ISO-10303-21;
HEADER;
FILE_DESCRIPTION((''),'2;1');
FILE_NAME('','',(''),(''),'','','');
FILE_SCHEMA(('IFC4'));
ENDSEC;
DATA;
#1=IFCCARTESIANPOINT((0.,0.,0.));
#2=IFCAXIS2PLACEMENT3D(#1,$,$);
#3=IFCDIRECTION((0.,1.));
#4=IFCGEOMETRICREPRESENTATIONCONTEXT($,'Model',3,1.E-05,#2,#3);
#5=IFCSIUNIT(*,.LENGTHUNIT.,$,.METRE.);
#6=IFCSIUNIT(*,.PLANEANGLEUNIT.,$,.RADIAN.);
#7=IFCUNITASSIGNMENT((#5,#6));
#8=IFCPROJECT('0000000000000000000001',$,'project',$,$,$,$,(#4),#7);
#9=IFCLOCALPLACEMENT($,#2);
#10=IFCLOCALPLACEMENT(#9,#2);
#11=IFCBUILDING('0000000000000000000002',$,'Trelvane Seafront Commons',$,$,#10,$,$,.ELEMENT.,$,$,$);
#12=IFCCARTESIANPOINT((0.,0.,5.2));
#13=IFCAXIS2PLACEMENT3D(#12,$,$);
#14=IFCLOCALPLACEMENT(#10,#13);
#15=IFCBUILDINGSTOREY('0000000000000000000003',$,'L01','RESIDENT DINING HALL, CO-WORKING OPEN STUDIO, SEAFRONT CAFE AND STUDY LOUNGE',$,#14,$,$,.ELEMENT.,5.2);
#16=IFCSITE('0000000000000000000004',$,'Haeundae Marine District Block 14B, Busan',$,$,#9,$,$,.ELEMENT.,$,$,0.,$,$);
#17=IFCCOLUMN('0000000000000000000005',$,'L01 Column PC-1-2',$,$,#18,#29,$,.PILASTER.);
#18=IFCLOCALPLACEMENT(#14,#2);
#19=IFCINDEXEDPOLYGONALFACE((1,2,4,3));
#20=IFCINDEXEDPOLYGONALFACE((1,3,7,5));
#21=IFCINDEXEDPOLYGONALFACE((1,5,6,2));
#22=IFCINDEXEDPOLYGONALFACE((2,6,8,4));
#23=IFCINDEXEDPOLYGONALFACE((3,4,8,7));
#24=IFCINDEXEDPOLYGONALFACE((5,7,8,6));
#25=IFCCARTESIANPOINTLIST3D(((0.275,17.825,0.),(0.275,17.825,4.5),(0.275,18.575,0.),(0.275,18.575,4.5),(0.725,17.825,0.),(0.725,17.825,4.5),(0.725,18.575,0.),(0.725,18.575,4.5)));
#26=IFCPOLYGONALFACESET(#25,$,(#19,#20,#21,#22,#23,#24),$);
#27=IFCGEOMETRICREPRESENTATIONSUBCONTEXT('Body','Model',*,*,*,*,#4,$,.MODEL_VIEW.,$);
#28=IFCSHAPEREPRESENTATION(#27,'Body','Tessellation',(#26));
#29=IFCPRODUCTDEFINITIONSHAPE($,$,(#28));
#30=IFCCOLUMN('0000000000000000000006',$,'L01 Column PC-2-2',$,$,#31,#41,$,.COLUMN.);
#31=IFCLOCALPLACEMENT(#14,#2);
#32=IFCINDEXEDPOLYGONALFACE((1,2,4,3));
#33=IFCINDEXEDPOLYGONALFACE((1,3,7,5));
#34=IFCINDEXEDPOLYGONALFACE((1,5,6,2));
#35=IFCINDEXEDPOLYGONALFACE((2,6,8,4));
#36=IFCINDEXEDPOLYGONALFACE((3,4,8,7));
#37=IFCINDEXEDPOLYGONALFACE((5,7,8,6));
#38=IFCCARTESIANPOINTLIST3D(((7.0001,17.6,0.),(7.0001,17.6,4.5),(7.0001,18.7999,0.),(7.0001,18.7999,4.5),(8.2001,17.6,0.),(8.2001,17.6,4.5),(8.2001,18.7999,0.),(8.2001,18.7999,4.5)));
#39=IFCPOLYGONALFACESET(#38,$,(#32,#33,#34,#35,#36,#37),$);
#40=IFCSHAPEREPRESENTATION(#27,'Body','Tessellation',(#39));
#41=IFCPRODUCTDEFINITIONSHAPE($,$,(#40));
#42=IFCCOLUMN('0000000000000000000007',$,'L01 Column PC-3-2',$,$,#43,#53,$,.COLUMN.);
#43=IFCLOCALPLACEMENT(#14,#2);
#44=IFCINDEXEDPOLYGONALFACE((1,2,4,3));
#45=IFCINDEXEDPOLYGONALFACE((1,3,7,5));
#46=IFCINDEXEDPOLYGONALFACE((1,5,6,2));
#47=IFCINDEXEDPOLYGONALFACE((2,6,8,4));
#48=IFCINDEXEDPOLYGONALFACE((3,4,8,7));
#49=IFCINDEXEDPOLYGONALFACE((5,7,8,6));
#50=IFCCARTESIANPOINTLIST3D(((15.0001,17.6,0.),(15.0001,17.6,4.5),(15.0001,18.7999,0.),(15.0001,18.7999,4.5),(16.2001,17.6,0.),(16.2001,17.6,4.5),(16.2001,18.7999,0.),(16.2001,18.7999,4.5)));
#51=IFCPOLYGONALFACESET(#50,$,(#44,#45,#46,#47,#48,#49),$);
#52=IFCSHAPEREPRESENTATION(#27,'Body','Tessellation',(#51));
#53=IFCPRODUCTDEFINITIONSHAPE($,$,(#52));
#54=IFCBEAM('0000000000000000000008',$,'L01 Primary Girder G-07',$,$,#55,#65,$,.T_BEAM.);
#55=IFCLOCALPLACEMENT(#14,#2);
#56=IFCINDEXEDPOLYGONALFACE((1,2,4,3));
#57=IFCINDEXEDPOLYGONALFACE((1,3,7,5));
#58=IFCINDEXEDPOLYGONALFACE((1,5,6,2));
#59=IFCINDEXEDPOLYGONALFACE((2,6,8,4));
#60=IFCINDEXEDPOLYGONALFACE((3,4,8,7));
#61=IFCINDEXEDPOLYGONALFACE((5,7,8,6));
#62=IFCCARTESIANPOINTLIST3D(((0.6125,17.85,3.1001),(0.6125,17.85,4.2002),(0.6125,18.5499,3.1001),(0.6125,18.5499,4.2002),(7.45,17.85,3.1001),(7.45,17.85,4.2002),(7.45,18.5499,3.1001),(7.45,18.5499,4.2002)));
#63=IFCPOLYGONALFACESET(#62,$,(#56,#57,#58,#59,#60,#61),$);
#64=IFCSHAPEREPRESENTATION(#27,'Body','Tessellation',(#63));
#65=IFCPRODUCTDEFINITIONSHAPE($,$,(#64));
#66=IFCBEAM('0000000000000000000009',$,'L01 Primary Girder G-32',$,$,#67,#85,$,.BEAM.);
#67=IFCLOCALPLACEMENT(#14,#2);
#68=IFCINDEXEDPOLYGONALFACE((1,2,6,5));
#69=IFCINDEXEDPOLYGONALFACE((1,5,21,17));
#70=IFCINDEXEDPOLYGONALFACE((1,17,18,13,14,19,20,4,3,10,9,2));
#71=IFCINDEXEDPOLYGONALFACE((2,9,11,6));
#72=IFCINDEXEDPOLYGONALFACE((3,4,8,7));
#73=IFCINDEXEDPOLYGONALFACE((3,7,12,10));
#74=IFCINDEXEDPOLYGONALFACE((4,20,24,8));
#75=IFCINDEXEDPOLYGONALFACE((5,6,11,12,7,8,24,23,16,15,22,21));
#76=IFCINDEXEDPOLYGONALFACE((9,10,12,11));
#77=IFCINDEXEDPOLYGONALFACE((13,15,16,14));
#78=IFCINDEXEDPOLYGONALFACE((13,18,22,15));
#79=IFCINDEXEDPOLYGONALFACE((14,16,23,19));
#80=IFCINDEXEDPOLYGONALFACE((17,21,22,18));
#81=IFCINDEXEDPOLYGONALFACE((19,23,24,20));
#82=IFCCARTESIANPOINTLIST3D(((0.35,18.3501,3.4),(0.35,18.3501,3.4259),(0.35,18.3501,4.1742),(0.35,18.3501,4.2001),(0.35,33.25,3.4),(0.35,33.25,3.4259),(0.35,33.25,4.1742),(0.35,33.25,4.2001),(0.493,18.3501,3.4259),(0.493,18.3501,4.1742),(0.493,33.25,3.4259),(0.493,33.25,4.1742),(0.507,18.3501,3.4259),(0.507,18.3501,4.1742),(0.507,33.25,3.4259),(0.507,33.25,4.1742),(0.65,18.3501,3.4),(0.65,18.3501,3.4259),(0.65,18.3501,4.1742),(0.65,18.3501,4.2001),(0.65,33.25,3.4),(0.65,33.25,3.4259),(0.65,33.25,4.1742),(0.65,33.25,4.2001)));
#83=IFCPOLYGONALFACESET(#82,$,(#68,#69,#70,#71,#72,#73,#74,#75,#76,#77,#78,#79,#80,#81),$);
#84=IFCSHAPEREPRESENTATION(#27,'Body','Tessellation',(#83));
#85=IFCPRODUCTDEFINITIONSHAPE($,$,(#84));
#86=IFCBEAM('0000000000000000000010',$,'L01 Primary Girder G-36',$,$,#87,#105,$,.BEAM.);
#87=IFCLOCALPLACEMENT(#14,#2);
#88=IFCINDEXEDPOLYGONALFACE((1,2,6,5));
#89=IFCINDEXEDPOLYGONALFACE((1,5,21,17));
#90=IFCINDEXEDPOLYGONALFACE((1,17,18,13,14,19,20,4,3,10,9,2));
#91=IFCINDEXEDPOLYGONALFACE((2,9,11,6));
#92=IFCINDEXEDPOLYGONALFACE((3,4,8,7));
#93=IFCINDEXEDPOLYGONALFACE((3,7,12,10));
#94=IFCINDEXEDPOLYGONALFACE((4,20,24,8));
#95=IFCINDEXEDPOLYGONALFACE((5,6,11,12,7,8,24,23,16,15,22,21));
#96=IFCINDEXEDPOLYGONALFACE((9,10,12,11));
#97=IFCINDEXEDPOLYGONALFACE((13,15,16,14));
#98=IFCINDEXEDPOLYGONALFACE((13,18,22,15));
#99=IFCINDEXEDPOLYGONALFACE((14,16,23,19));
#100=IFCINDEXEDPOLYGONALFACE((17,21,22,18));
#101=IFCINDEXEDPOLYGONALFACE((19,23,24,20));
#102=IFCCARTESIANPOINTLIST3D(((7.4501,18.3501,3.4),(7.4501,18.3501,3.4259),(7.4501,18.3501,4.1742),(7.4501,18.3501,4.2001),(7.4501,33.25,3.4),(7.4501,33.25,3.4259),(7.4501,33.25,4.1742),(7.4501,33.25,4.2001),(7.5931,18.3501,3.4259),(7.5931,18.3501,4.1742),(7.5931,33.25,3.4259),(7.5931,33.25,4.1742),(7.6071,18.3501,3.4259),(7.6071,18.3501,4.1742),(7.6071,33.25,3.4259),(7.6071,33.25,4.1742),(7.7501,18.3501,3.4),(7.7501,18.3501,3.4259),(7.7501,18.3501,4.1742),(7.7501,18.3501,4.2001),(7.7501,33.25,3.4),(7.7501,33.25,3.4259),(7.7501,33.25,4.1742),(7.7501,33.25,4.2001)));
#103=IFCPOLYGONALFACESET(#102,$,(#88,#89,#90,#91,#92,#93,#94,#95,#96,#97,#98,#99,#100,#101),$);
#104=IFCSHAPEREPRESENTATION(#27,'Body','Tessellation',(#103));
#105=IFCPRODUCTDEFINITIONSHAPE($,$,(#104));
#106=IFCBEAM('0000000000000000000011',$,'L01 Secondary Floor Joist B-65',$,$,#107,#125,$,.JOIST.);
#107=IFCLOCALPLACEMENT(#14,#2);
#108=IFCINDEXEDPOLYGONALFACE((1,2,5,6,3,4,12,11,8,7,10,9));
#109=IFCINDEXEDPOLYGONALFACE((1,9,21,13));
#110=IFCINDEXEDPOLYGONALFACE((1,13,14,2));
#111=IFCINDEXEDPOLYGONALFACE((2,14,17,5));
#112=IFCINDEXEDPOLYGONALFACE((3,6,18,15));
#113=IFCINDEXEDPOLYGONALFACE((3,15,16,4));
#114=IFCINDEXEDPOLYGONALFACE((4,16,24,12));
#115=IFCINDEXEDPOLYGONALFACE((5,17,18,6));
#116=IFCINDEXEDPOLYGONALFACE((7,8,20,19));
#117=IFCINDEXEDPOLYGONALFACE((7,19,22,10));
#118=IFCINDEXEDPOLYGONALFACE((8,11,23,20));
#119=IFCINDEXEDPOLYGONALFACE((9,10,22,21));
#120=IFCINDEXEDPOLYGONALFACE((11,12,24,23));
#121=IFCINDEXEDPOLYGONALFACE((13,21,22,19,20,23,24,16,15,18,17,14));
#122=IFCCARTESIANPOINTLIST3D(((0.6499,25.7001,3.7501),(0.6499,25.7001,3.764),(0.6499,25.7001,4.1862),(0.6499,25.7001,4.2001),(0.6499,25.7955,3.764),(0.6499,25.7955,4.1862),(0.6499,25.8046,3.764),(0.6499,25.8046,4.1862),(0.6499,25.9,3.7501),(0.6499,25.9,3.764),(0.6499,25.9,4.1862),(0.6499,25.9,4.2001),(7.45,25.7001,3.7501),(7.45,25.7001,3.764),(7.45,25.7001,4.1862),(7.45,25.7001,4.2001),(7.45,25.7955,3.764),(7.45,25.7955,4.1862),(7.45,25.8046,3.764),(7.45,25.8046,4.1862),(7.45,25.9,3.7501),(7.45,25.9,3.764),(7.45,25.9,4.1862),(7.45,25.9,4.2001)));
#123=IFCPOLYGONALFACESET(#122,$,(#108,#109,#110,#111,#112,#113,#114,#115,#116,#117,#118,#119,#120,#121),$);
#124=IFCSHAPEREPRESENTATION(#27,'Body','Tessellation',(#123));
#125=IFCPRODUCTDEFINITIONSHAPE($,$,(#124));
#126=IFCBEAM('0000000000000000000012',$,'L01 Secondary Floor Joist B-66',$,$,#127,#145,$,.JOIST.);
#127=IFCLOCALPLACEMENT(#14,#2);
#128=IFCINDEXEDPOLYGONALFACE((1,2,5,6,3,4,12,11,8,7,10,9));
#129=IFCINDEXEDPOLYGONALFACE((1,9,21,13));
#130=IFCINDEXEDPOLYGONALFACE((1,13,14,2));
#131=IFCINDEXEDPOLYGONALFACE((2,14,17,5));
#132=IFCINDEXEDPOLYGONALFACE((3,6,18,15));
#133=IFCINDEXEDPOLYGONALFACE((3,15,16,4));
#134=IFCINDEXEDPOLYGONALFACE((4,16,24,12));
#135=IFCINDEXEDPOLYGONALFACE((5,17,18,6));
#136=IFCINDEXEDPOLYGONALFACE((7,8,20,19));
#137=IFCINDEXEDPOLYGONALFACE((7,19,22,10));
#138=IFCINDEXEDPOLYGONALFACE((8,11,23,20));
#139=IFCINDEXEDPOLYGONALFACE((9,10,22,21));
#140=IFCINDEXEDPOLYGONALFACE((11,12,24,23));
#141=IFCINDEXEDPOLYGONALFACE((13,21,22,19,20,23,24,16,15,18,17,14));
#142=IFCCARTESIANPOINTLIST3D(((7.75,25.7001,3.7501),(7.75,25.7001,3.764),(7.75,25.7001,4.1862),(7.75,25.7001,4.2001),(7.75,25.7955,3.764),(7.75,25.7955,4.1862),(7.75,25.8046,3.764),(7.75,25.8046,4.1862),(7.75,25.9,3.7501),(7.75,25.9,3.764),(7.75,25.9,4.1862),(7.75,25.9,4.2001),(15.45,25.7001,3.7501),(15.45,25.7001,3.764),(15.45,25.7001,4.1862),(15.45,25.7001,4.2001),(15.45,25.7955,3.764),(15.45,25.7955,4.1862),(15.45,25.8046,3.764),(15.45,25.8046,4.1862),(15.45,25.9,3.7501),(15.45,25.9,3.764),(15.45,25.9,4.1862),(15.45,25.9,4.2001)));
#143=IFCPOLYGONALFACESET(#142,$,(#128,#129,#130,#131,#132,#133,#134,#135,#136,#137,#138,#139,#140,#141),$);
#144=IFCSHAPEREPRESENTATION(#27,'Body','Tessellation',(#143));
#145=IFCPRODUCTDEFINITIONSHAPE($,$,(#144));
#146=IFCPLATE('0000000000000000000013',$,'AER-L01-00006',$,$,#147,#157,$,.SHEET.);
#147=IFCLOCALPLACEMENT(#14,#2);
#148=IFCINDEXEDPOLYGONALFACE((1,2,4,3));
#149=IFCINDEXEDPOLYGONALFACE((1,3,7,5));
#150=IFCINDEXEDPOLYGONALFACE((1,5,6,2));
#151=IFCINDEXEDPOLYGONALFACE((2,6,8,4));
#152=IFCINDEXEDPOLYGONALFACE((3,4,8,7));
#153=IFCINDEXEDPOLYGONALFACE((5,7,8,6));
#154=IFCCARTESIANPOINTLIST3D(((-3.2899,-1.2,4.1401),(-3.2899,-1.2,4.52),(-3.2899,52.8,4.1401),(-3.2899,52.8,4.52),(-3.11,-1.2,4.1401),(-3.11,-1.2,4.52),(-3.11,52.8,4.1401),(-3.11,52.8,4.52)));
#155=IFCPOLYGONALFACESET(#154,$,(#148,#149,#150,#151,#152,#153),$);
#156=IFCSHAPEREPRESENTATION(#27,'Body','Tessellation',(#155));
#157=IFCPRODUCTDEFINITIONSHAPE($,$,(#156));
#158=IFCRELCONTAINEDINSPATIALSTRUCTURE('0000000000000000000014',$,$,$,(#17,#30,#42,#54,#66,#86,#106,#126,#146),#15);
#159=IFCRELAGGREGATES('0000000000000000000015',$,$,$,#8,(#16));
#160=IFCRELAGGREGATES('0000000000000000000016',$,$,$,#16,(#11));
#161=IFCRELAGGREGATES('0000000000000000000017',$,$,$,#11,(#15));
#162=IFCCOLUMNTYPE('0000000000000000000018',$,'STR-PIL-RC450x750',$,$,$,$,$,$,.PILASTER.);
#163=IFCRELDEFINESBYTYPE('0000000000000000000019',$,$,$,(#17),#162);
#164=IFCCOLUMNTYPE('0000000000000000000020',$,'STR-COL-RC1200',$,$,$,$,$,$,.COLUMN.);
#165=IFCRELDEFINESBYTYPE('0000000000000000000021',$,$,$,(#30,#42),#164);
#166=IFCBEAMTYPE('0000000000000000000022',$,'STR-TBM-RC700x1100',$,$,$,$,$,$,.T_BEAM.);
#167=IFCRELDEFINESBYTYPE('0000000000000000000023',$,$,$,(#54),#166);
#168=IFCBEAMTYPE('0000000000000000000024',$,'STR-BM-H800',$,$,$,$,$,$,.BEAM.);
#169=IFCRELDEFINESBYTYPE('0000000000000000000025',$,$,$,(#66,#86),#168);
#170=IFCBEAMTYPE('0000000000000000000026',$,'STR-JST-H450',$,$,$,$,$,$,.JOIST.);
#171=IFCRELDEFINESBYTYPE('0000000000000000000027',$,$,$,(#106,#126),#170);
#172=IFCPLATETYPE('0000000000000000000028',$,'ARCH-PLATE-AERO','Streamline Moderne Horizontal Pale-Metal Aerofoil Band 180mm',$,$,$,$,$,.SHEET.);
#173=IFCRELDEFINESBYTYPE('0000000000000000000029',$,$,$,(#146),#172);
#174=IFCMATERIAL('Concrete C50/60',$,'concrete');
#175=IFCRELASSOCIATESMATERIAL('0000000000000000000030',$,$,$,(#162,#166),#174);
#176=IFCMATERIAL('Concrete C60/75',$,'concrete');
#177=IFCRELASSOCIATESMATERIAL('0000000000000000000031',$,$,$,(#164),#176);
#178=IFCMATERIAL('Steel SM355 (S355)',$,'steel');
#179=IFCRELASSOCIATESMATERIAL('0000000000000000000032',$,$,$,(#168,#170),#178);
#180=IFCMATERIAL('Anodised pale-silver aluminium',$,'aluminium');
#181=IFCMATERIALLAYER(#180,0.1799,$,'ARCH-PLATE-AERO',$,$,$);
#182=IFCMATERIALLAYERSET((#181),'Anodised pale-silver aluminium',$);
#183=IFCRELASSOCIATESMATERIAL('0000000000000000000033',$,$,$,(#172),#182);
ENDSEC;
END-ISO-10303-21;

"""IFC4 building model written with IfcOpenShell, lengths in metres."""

from ifc_helpers import new_model, si_unit, direction, frame, origin, origin_2d, place, context, subcontext, project, spatial, rectangle, i_section, extrude, source, transform, mapped, material, layer, layer_set, material_profile, profile_set, type_object, element, save


model = new_model("IFC4")

# Units and contexts
model_context = context("Model", 3, precision=1e-05, world=origin(), true_north=direction((0.0, 1.0)))
body_context = subcontext(model_context, "Body", "Model", "MODEL_VIEW")
ifc_project = project(units=[si_unit("LENGTHUNIT", "METRE"), si_unit("PLANEANGLEUNIT", "RADIAN")], contexts=[model_context])

# Site, building, storey
site_placement = place(None, origin())
site = spatial("IfcSite", under=ifc_project, at=site_placement, Name="Haeundae Marine District Block 14B, Busan", CompositionType="ELEMENT", RefElevation=0.0)
building_placement = place(site_placement, origin())
building = spatial("IfcBuilding", under=site, at=building_placement, Name="Trelvane Seafront Commons", CompositionType="ELEMENT")
storey_placement = place(building_placement, frame((0.0, 0.0, 5.2)))
storey = spatial("IfcBuildingStorey", under=building, at=storey_placement, Name="L01", Description="RESIDENT DINING HALL, CO-WORKING OPEN STUDIO, SEAFRONT CAFE AND STUDY LOUNGE", CompositionType="ELEMENT", Elevation=5.2)

# Columns
ifc_material_1 = material(Name="Concrete C50/60", Category="concrete")
ifc_material_profile_1 = material_profile(ifc_material_1, rectangle(XDim=0.45, YDim=0.75, at=origin_2d()), Name="RC-450x750")
ifc_profile_set_1 = profile_set([ifc_material_profile_1], Name="Concrete C50/60")
column_type_1 = type_object("IfcColumnType", Name="STR-PIL-RC450x750", PredefinedType="PILASTER", material=ifc_profile_set_1)
shared_shape_1 = source(origin(), body_context, "Body", "SweptSolid", [
    extrude(rectangle(XDim=0.45, YDim=0.75, at=origin_2d()), origin(), (0.0, 0.0, 1.0), 4.5),
])
column_placement = place(storey_placement, frame((0.5, 18.2, 0.0), z_axis=(0.0, 0.0, 1.0), x_axis=(1.0, 0.0, 0.0)))
element("IfcColumn", 1, at=column_placement, inside=storey, type_object=column_type_1, Name="L01 Column PC-1-2", PredefinedType="PILASTER", context=body_context, shape_type="MappedRepresentation", body=[
    mapped(shared_shape_1, transform((0.0, 0.0, 0.0), x_axis=(1.0, 0.0, 0.0), y_axis=(0.0, 1.0, 0.0), z_axis=(0.0, 0.0, 1.0), scale=1.0)),
])
ifc_material_2 = material(Name="Concrete C60/75", Category="concrete")
ifc_material_profile_2 = material_profile(ifc_material_2, rectangle(XDim=1.2, YDim=1.2, at=origin_2d()), Name="RC-1200x1200")
ifc_profile_set_2 = profile_set([ifc_material_profile_2], Name="Concrete C60/75")
column_type_2 = type_object("IfcColumnType", Name="STR-COL-RC1200", PredefinedType="COLUMN", material=ifc_profile_set_2)
shared_shape_2 = source(origin(), body_context, "Body", "SweptSolid", [
    extrude(rectangle(XDim=1.2, YDim=1.2, at=origin_2d()), origin(), (0.0, 0.0, 1.0), 4.5),
])
for number, where, z_axis, x_axis, name in (
    (2, (7.6001, 18.2, 0.0), (0.0, 0.0, 1.0), (1.0, 0.0, 0.0), "L01 Column PC-2-2"),
    (3, (15.6001, 18.2, 0.0), (0.0, 0.0, 1.0), (1.0, 0.0, 0.0), "L01 Column PC-3-2"),
):
    element("IfcColumn", number, at=place(storey_placement, frame(where, z_axis=z_axis, x_axis=x_axis)), inside=storey, type_object=column_type_2, Name=name, PredefinedType="COLUMN", context=body_context, shape_type="MappedRepresentation", body=[
        mapped(shared_shape_2, transform((0.0, 0.0, 0.0), x_axis=(1.0, 0.0, 0.0), y_axis=(0.0, 1.0, 0.0), z_axis=(0.0, 0.0, 1.0), scale=1.0)),
    ])

# Beams
ifc_material_profile_3 = material_profile(ifc_material_1, rectangle(XDim=0.7, YDim=1.1001, at=origin_2d()), Name="RC-700x1100")
ifc_profile_set_3 = profile_set([ifc_material_profile_3], Name="Concrete C50/60")
beam_type_1 = type_object("IfcBeamType", Name="STR-TBM-RC700x1100", PredefinedType="T_BEAM", material=ifc_profile_set_3)
shared_shape_3 = source(origin(), body_context, "Body", "SweptSolid", [
    extrude(rectangle(XDim=0.7, YDim=1.1001, at=origin_2d()), origin(), (0.0, 0.0, 1.0), 6.8374),
])
beam_1_placement = place(storey_placement, frame((0.6125, 18.2, 3.6501), z_axis=(1.0, 0.0, 0.0), x_axis=(0.0, 1.0, 0.0)))
element("IfcBeam", 4, at=beam_1_placement, inside=storey, type_object=beam_type_1, Name="L01 Primary Girder G-07", PredefinedType="T_BEAM", context=body_context, shape_type="MappedRepresentation", body=[
    mapped(shared_shape_3, transform((0.0, 0.0, 0.0), x_axis=(1.0, 0.0, 0.0), y_axis=(0.0, 1.0, 0.0), z_axis=(0.0, 0.0, 1.0), scale=1.0)),
])
ifc_material_3 = material(Name="Steel SM355 (S355)", Category="steel")
ifc_material_profile_4 = material_profile(ifc_material_3, i_section(OverallWidth=0.3, OverallDepth=0.8, WebThickness=0.0139, FlangeThickness=0.0259, at=origin_2d()), Name="H-800x300x14x26")
ifc_profile_set_4 = profile_set([ifc_material_profile_4], Name="Steel SM355 (S355)")
beam_type_2 = type_object("IfcBeamType", Name="STR-BM-H800", PredefinedType="BEAM", material=ifc_profile_set_4)
shared_shape_4 = source(origin(), body_context, "Body", "SweptSolid", [
    extrude(i_section(OverallWidth=0.3, OverallDepth=0.8, WebThickness=0.0139, FlangeThickness=0.0259, at=origin_2d()), origin(), (0.0, 0.0, 1.0), 14.8999),
])
for number, where, z_axis, x_axis, name in (
    (5, (0.5, 18.3501, 3.8), (0.0, 1.0, 0.0), (-1.0, 0.0, 0.0), "L01 Primary Girder G-32"),
    (6, (7.6001, 18.3501, 3.8), (0.0, 1.0, 0.0), (-1.0, 0.0, 0.0), "L01 Primary Girder G-36"),
):
    element("IfcBeam", number, at=place(storey_placement, frame(where, z_axis=z_axis, x_axis=x_axis)), inside=storey, type_object=beam_type_2, Name=name, PredefinedType="BEAM", context=body_context, shape_type="MappedRepresentation", body=[
        mapped(shared_shape_4, transform((0.0, 0.0, 0.0), x_axis=(1.0, 0.0, 0.0), y_axis=(0.0, 1.0, 0.0), z_axis=(0.0, 0.0, 1.0), scale=1.0)),
    ])
ifc_material_profile_5 = material_profile(ifc_material_3, i_section(OverallWidth=0.2, OverallDepth=0.45, WebThickness=0.009, FlangeThickness=0.0139, at=origin_2d()), Name="H-450x200x9x14")
ifc_profile_set_5 = profile_set([ifc_material_profile_5], Name="Steel SM355 (S355)")
beam_type_3 = type_object("IfcBeamType", Name="STR-JST-H450", PredefinedType="JOIST", material=ifc_profile_set_5)
shared_shape_5 = source(origin(), body_context, "Body", "SweptSolid", [
    extrude(i_section(OverallWidth=0.2, OverallDepth=0.45, WebThickness=0.009, FlangeThickness=0.0139, at=origin_2d()), origin(), (0.0, 0.0, 1.0), 6.8),
])
beam_2_placement = place(storey_placement, frame((0.6499, 25.8, 3.9751), z_axis=(1.0, 0.0, 0.0), x_axis=(0.0, 1.0, 0.0)))
element("IfcBeam", 7, at=beam_2_placement, inside=storey, type_object=beam_type_3, Name="L01 Secondary Floor Joist B-65", PredefinedType="JOIST", context=body_context, shape_type="MappedRepresentation", body=[
    mapped(shared_shape_5, transform((0.0, 0.0, 0.0), x_axis=(1.0, 0.0, 0.0), y_axis=(0.0, 1.0, 0.0), z_axis=(0.0, 0.0, 1.0), scale=1.0)),
])
shared_shape_6 = source(origin(), body_context, "Body", "SweptSolid", [
    extrude(i_section(OverallWidth=0.2, OverallDepth=0.45, WebThickness=0.009, FlangeThickness=0.0139, at=origin_2d()), origin(), (0.0, 0.0, 1.0), 7.7),
])
beam_3_placement = place(storey_placement, frame((7.75, 25.8, 3.9751), z_axis=(1.0, 0.0, 0.0), x_axis=(0.0, 1.0, 0.0)))
element("IfcBeam", 8, at=beam_3_placement, inside=storey, type_object=beam_type_3, Name="L01 Secondary Floor Joist B-66", PredefinedType="JOIST", context=body_context, shape_type="MappedRepresentation", body=[
    mapped(shared_shape_6, transform((0.0, 0.0, 0.0), x_axis=(1.0, 0.0, 0.0), y_axis=(0.0, 1.0, 0.0), z_axis=(0.0, 0.0, 1.0), scale=1.0)),
])

# Plate
ifc_material_4 = material(Name="Anodised pale-silver aluminium", Category="aluminium")
ifc_layer_1 = layer(ifc_material_4, 0.1799, Name="ARCH-PLATE-AERO")
ifc_layer_set_1 = layer_set([ifc_layer_1], Name="Anodised pale-silver aluminium")
plate_type = type_object("IfcPlateType", Name="ARCH-PLATE-AERO", Description="Streamline Moderne Horizontal Pale-Metal Aerofoil Band 180mm", PredefinedType="SHEET", material=ifc_layer_set_1)
shared_shape_7 = source(origin(), body_context, "Body", "SweptSolid", [
    extrude(rectangle(XDim=54.0, YDim=0.1799, at=origin_2d()), origin(), (0.0, 0.0, 1.0), 0.3799),
])
plate_placement = place(storey_placement, frame((-3.2, 25.8, 4.1401), z_axis=(0.0, 0.0, 1.0), x_axis=(0.0, 1.0, 0.0)))
element("IfcPlate", 9, at=plate_placement, inside=storey, type_object=plate_type, Name="AER-L01-00006", PredefinedType="SHEET", context=body_context, shape_type="MappedRepresentation", body=[
    mapped(shared_shape_7, transform((0.0, 0.0, 0.0), x_axis=(1.0, 0.0, 0.0), y_axis=(0.0, 1.0, 0.0), z_axis=(0.0, 0.0, 1.0), scale=1.0)),
])

save(model, "model.ifc")
